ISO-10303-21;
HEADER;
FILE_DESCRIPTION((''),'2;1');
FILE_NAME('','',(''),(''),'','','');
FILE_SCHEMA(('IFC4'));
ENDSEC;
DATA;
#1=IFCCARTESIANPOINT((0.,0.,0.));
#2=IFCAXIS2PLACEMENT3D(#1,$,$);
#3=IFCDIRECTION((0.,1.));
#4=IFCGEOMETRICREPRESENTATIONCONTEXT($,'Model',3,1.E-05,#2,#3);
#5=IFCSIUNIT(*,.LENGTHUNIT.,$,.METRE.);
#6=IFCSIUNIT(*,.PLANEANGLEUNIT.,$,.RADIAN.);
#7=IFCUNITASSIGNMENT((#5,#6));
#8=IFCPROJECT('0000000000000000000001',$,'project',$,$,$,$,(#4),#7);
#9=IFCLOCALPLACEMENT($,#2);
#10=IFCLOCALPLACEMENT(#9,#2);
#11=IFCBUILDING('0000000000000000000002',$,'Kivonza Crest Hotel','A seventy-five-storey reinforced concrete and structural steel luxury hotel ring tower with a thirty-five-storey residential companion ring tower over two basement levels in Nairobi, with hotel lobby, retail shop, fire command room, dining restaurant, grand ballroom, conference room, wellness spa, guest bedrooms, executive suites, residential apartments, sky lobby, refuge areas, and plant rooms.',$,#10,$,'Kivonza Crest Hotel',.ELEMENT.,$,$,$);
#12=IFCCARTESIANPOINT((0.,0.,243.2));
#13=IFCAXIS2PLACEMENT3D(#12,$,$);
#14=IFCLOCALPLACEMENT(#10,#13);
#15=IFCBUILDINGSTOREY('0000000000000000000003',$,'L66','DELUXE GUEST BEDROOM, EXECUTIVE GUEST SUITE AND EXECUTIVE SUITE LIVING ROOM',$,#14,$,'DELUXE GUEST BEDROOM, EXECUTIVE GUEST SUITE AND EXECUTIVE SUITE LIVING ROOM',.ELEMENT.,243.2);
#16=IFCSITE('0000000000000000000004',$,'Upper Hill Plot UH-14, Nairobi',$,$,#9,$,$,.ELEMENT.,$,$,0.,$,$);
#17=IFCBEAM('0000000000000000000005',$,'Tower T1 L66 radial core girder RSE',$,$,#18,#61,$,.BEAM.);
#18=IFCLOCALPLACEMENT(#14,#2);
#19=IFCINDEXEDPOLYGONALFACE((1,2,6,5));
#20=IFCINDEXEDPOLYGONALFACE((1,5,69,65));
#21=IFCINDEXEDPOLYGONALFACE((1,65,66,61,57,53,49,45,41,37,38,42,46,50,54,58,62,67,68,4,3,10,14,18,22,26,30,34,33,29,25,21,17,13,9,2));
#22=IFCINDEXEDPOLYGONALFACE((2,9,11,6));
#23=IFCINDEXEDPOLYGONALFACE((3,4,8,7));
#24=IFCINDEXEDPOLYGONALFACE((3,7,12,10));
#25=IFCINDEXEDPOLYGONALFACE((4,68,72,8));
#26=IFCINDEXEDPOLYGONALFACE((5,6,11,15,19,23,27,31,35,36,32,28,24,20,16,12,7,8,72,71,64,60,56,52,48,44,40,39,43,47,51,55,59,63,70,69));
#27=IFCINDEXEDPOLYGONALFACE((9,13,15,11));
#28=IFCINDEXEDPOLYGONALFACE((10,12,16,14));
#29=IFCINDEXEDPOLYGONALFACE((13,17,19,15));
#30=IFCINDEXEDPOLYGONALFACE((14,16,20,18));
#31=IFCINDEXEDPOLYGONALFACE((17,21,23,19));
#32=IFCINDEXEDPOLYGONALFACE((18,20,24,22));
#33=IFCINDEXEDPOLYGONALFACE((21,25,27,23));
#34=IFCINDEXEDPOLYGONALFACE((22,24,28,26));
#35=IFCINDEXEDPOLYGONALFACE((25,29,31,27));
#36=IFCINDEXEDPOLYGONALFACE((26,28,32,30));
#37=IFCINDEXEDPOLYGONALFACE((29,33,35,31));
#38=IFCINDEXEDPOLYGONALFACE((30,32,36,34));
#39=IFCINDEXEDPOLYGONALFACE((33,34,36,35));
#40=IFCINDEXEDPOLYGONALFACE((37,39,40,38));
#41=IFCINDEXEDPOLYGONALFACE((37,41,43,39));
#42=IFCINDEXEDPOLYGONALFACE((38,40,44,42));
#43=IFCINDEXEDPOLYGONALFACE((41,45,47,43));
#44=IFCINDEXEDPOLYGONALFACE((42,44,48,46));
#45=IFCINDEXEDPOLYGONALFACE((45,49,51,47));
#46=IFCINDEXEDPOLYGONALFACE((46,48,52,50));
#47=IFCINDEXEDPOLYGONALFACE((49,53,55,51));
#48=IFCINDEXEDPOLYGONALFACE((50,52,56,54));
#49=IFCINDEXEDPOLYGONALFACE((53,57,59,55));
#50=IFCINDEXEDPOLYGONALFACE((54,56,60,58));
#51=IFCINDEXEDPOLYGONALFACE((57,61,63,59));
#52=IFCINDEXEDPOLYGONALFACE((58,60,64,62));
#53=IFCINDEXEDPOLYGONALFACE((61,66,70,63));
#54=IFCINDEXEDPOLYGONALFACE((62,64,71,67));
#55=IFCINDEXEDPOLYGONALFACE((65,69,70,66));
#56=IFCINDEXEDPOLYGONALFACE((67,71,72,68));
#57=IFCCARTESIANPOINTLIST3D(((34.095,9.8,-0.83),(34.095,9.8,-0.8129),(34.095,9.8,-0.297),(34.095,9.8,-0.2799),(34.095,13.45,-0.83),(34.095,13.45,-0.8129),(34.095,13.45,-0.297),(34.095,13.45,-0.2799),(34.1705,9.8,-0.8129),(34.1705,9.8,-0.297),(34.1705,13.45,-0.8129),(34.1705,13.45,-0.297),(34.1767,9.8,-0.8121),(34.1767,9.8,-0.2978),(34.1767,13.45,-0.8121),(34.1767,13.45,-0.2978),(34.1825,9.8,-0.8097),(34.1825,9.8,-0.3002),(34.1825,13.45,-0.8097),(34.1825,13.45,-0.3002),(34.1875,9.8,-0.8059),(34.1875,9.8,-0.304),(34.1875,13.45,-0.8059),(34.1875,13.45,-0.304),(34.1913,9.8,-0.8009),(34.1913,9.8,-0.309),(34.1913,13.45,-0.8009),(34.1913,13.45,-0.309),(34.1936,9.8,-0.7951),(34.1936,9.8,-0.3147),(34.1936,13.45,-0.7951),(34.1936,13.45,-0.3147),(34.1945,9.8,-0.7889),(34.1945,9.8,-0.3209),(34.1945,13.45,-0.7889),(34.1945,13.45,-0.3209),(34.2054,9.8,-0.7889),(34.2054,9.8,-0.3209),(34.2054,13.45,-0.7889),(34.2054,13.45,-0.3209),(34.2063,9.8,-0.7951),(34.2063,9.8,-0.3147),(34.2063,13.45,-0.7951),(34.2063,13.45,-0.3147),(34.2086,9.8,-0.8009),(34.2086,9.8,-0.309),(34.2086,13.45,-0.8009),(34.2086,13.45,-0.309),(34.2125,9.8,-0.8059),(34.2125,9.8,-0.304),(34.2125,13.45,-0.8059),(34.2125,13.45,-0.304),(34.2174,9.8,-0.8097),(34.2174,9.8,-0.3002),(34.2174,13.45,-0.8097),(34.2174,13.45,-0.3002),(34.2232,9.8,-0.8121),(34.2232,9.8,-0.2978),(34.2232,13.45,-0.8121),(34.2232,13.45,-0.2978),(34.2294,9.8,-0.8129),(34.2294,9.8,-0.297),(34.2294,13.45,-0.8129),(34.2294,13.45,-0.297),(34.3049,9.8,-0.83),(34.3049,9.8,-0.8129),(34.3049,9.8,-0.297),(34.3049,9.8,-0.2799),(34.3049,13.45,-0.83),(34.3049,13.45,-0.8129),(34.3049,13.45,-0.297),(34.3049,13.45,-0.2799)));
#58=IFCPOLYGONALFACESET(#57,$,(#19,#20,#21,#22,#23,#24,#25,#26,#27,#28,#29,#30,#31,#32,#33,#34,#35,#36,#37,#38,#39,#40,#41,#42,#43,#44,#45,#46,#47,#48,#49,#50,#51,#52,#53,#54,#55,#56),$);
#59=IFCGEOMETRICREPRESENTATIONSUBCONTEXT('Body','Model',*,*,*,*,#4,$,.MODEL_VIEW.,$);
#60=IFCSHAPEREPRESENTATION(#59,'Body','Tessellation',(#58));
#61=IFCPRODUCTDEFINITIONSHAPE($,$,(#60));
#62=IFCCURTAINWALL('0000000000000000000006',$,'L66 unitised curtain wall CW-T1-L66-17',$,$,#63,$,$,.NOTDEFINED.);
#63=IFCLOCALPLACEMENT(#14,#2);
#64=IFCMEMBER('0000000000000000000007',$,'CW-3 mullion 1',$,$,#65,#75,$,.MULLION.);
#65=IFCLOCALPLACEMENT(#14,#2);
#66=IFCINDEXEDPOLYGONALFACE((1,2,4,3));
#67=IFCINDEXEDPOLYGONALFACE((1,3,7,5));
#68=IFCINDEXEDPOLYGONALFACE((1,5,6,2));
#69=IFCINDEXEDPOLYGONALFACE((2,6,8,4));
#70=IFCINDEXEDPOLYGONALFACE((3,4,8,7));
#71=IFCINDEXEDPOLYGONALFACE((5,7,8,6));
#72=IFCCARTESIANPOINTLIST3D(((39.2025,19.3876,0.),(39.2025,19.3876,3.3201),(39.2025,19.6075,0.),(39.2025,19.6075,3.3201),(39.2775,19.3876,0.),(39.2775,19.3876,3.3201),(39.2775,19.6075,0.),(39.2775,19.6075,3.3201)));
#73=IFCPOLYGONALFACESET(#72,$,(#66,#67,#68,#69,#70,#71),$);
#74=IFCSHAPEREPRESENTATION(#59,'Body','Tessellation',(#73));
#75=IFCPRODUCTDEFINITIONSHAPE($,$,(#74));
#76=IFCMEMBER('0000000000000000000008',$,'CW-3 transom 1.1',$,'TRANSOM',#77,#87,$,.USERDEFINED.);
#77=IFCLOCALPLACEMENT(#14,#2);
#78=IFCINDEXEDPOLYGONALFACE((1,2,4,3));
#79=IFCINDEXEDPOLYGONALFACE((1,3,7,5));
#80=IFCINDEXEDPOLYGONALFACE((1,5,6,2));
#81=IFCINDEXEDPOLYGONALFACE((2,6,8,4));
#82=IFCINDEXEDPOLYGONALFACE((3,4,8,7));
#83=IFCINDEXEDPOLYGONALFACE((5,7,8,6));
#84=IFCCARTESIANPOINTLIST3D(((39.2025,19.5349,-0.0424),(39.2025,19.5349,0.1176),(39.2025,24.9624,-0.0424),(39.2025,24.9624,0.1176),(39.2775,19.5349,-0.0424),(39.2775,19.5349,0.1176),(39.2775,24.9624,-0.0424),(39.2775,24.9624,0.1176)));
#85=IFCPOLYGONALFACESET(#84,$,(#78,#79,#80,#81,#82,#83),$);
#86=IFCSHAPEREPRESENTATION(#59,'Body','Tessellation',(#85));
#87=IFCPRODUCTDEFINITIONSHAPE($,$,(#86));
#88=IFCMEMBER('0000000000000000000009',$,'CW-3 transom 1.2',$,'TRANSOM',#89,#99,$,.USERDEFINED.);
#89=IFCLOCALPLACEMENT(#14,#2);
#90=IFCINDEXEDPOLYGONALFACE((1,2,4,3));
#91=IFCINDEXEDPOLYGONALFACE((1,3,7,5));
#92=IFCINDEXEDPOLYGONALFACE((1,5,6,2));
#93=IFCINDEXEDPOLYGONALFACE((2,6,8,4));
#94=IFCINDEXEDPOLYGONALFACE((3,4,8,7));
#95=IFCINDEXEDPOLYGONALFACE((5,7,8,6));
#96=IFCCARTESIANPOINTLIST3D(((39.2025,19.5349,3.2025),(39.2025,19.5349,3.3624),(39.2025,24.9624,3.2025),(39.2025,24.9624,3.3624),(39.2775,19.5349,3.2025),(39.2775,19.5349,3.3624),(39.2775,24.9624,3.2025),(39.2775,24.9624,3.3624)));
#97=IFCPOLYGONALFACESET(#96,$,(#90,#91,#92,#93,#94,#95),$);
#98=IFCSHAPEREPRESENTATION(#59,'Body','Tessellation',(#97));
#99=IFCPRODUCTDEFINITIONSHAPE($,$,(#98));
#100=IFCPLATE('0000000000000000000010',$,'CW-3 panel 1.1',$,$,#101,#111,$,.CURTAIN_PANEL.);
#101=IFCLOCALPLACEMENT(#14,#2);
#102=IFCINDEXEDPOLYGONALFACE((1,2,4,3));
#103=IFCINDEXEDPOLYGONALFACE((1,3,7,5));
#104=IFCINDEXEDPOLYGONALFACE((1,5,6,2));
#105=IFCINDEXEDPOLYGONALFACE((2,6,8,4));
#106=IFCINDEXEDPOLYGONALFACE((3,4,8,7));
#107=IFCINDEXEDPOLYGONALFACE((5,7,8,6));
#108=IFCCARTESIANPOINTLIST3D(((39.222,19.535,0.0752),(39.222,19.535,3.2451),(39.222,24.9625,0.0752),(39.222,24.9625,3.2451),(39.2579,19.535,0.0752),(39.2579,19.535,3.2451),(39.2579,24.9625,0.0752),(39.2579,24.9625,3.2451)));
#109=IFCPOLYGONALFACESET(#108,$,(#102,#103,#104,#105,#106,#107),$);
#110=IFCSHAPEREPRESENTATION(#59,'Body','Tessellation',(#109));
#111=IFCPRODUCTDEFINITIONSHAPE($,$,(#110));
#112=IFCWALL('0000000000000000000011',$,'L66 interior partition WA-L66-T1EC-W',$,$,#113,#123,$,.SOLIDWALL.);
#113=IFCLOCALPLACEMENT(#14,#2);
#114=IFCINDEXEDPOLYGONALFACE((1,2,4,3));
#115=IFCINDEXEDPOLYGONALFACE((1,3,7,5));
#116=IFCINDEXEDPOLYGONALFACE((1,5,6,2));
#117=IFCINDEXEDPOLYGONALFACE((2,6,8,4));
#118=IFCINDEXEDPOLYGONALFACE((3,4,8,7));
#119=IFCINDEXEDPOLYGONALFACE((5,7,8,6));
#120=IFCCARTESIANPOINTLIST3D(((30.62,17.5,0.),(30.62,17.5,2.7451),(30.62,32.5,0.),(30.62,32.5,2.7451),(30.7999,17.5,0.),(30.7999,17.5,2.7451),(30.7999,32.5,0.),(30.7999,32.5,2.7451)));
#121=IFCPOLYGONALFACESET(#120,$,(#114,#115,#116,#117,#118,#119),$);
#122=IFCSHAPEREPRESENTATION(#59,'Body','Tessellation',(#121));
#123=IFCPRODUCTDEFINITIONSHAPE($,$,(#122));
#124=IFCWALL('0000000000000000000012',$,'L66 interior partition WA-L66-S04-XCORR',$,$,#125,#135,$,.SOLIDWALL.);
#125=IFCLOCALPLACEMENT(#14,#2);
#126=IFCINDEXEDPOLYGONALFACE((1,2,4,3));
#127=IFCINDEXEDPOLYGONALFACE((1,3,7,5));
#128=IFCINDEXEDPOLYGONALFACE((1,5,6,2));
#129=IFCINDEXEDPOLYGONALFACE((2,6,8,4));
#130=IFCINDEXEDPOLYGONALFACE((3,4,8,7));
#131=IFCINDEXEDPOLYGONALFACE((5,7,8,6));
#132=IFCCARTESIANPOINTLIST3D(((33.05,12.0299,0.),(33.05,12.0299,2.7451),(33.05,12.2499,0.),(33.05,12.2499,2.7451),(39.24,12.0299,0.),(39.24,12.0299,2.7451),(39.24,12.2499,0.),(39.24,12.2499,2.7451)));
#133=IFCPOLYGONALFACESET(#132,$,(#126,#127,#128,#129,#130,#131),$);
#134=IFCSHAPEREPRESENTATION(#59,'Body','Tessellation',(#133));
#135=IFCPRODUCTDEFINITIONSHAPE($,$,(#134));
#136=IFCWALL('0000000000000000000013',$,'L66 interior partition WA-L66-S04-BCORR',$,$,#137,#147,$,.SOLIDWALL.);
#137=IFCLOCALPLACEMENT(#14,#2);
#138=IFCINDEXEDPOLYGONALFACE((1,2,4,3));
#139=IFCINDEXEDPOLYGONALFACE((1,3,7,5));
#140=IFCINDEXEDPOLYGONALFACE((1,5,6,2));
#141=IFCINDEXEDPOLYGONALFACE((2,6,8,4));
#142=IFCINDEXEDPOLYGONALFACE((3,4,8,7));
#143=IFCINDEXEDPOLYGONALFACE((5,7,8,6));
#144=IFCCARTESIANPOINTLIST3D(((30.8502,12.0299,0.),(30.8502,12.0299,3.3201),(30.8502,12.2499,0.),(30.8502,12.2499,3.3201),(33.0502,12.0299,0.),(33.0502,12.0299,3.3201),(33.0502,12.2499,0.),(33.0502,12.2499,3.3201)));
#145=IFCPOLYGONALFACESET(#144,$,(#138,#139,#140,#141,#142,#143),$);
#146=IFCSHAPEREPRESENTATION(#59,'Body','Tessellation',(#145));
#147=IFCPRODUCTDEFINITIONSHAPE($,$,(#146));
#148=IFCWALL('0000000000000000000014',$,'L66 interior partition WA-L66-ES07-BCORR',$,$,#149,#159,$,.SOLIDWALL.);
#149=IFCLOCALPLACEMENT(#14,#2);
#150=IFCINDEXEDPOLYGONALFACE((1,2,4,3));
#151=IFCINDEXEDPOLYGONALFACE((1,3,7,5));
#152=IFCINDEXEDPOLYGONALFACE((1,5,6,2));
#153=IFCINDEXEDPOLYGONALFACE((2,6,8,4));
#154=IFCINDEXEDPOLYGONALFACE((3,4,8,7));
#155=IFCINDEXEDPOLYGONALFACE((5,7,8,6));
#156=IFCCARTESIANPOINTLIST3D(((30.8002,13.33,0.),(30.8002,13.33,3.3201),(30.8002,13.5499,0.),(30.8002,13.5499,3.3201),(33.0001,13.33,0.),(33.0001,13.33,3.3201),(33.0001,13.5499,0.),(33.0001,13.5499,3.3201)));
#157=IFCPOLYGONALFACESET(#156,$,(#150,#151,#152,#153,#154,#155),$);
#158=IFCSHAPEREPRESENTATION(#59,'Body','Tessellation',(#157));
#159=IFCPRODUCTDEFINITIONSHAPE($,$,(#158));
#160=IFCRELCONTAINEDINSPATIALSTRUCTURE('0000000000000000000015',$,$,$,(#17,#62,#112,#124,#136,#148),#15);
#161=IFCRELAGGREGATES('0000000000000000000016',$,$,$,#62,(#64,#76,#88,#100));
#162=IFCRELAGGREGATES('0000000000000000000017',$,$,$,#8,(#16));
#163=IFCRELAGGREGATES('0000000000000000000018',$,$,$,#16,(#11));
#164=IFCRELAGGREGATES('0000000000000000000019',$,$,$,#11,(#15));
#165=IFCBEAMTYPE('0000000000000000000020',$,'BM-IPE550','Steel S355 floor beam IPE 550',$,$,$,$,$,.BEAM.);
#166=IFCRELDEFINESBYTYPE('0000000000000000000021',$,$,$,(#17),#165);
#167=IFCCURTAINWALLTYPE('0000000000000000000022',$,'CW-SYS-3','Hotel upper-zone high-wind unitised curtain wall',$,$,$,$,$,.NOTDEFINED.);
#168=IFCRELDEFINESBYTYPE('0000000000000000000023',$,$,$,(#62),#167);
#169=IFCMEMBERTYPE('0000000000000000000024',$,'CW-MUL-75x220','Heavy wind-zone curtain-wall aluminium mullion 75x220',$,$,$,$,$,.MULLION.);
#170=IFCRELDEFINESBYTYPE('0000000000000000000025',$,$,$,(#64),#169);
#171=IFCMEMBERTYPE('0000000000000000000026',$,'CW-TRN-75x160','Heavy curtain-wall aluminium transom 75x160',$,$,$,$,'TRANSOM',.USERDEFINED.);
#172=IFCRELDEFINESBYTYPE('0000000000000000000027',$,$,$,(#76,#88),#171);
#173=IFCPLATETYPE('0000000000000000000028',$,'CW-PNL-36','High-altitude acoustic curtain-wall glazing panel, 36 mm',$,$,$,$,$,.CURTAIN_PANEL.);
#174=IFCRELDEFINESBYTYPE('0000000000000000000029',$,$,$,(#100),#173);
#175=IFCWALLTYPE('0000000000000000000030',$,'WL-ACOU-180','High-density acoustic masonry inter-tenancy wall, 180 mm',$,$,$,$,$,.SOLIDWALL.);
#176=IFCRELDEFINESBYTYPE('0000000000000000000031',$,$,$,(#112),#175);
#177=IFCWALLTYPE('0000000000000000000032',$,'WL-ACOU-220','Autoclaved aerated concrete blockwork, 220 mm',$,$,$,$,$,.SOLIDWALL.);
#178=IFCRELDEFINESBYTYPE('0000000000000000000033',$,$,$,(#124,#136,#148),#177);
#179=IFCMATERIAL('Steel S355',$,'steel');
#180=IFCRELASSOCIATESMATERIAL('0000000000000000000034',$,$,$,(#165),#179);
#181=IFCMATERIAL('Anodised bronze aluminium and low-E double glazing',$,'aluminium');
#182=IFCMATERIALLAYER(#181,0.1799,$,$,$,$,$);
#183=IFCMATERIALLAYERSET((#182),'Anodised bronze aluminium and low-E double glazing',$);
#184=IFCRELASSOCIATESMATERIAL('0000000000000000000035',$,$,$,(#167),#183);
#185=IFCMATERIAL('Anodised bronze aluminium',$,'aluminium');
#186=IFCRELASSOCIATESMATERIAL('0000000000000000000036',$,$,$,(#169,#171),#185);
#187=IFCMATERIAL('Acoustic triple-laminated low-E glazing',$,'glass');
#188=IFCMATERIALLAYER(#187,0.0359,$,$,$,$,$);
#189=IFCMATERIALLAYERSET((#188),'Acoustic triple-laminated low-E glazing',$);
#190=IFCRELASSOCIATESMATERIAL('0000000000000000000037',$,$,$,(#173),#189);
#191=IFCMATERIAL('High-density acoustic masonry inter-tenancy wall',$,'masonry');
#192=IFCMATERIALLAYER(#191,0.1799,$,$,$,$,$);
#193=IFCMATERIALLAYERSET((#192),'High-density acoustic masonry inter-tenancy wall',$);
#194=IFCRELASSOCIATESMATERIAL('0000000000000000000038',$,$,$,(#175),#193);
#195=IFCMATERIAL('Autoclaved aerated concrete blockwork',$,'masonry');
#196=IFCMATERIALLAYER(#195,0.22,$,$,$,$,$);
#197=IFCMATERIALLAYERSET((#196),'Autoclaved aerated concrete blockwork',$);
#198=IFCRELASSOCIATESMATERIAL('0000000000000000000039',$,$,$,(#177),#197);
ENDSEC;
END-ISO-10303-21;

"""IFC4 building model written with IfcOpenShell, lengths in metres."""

from ifc_helpers import new_model, si_unit, direction, frame, frame_2d, origin, origin_2d, place, context, subcontext, project, spatial, rectangle, i_section, extrude, material, layer, layer_set, material_profile, profile_set, type_object, element, aggregate, save


model = new_model("IFC4")

# Units and contexts
model_context = context("Model", 3, precision=1e-05, world=origin(), true_north=direction((0.0, 1.0)))
body_context = subcontext(model_context, "Body", "Model", "MODEL_VIEW")
ifc_project = project(units=[si_unit("LENGTHUNIT", "METRE"), si_unit("PLANEANGLEUNIT", "RADIAN")], contexts=[model_context])

# Site, building, storey
site_placement = place(None, origin())
site = spatial("IfcSite", under=ifc_project, at=site_placement, Name="Upper Hill Plot UH-14, Nairobi", CompositionType="ELEMENT", RefElevation=0.0)
building_placement = place(site_placement, origin())
building = spatial("IfcBuilding", under=site, at=building_placement, Name="Kivonza Crest Hotel", Description="A seventy-five-storey reinforced concrete and structural steel luxury hotel ring tower with a thirty-five-storey residential companion ring tower over two basement levels in Nairobi, with hotel lobby, retail shop, fire command room, dining restaurant, grand ballroom, conference room, wellness spa, guest bedrooms, executive suites, residential apartments, sky lobby, refuge areas, and plant rooms.", LongName="Kivonza Crest Hotel", CompositionType="ELEMENT")
storey_placement = place(building_placement, frame((0.0, 0.0, 243.2)))
storey = spatial("IfcBuildingStorey", under=building, at=storey_placement, Name="L66", Description="DELUXE GUEST BEDROOM, EXECUTIVE GUEST SUITE AND EXECUTIVE SUITE LIVING ROOM", LongName="DELUXE GUEST BEDROOM, EXECUTIVE GUEST SUITE AND EXECUTIVE SUITE LIVING ROOM", CompositionType="ELEMENT", Elevation=243.2)

# Beam
ifc_material_1 = material(Name="Steel S355", Category="steel")
ifc_material_profile_1 = material_profile(ifc_material_1, i_section(OverallWidth=0.21, OverallDepth=0.55, WebThickness=0.011, FlangeThickness=0.0171, FilletRadius=0.0239, at=origin_2d()), Name="IPE 550")
ifc_profile_set_1 = profile_set([ifc_material_profile_1], Name="Steel S355")
beam_type_1 = type_object("IfcBeamType", Name="BM-IPE550", Description="Steel S355 floor beam IPE 550", PredefinedType="BEAM", material=ifc_profile_set_1)
beam_1_placement = place(storey_placement, frame((34.2, 9.8, -0.5549), z_axis=(0.0, 1.0, 0.0), x_axis=(-1.0, 0.0, 0.0)))
element("IfcBeam", 1, at=beam_1_placement, inside=storey, type_object=beam_type_1, Name="Tower T1 L66 radial core girder RSE", PredefinedType="BEAM", context=body_context, shape_type="SweptSolid", body=[
    extrude(i_section(OverallWidth=0.21, OverallDepth=0.55, WebThickness=0.011, FlangeThickness=0.0171, FilletRadius=0.0239, at=origin_2d()), origin(), (0.0, 0.0, 1.0), 3.6499),
])

# Curtain wall, members, plate
ifc_material_2 = material(Name="Anodised bronze aluminium and low-E double glazing", Category="aluminium")
ifc_layer_1 = layer(ifc_material_2, 0.1799)
ifc_layer_set_1 = layer_set([ifc_layer_1], Name="Anodised bronze aluminium and low-E double glazing")
curtain_wall_type = type_object("IfcCurtainWallType", Name="CW-SYS-3", Description="Hotel upper-zone high-wind unitised curtain wall", PredefinedType="NOTDEFINED", material=ifc_layer_set_1)
curtain_wall_placement = place(storey_placement, origin())
curtain_wall = element("IfcCurtainWall", 2, at=curtain_wall_placement, inside=storey, type_object=curtain_wall_type, Name="L66 unitised curtain wall CW-T1-L66-17", PredefinedType="NOTDEFINED")
ifc_material_3 = material(Name="Anodised bronze aluminium", Category="aluminium")
ifc_material_profile_2 = material_profile(ifc_material_3, rectangle(XDim=0.075, YDim=0.22, at=origin_2d()), Name="CW-M 75x220")
ifc_profile_set_2 = profile_set([ifc_material_profile_2], Name="Anodised bronze aluminium")
member_type_1 = type_object("IfcMemberType", Name="CW-MUL-75x220", Description="Heavy wind-zone curtain-wall aluminium mullion 75x220", PredefinedType="MULLION", material=ifc_profile_set_2)
member_1_placement = place(storey_placement, frame((39.24, 19.4976, 0.0), z_axis=(0.0, 0.0, 1.0), x_axis=(-1.0, 0.0, 0.0)))
member_1 = element("IfcMember", 3, at=member_1_placement, type_object=member_type_1, Name="CW-3 mullion 1", PredefinedType="MULLION", context=body_context, shape_type="SweptSolid", body=[
    extrude(rectangle(XDim=0.075, YDim=0.22, at=origin_2d()), origin(), (0.0, 0.0, 1.0), 3.3201),
])
ifc_material_profile_3 = material_profile(ifc_material_3, rectangle(XDim=0.075, YDim=0.1599, at=origin_2d()), Name="CW-T 75x160")
ifc_profile_set_3 = profile_set([ifc_material_profile_3], Name="Anodised bronze aluminium")
member_type_2 = type_object("IfcMemberType", Name="CW-TRN-75x160", Description="Heavy curtain-wall aluminium transom 75x160", ElementType="TRANSOM", PredefinedType="USERDEFINED", material=ifc_profile_set_3)
member_2_placement = place(storey_placement, frame((39.24, 19.5349, 0.0376), z_axis=(0.0, 1.0, 0.0), x_axis=(-1.0, 0.0, 0.0)))
member_2 = element("IfcMember", 4, at=member_2_placement, type_object=member_type_2, Name="CW-3 transom 1.1", ObjectType="TRANSOM", PredefinedType="USERDEFINED", context=body_context, shape_type="SweptSolid", body=[
    extrude(rectangle(XDim=0.075, YDim=0.1599, at=origin_2d()), origin(), (0.0, 0.0, 1.0), 5.4275),
])
member_3_placement = place(storey_placement, frame((39.24, 19.5349, 3.2825), z_axis=(0.0, 1.0, 0.0), x_axis=(-1.0, 0.0, 0.0)))
member_3 = element("IfcMember", 5, at=member_3_placement, type_object=member_type_2, Name="CW-3 transom 1.2", ObjectType="TRANSOM", PredefinedType="USERDEFINED", context=body_context, shape_type="SweptSolid", body=[
    extrude(rectangle(XDim=0.075, YDim=0.1599, at=origin_2d()), origin(), (0.0, 0.0, 1.0), 5.4275),
])
ifc_material_4 = material(Name="Acoustic triple-laminated low-E glazing", Category="glass")
ifc_layer_2 = layer(ifc_material_4, 0.0359)
ifc_layer_set_2 = layer_set([ifc_layer_2], Name="Acoustic triple-laminated low-E glazing")
plate_type = type_object("IfcPlateType", Name="CW-PNL-36", Description="High-altitude acoustic curtain-wall glazing panel, 36 mm", PredefinedType="CURTAIN_PANEL", material=ifc_layer_set_2)
plate_placement = place(storey_placement, frame((39.24, 22.2488, 0.0752), z_axis=(0.0, 0.0, 1.0), x_axis=(0.0, 1.0, 0.0)))
plate = element("IfcPlate", 6, at=plate_placement, type_object=plate_type, Name="CW-3 panel 1.1", PredefinedType="CURTAIN_PANEL", context=body_context, shape_type="SweptSolid", body=[
    extrude(rectangle(XDim=5.4275, YDim=0.0359, at=origin_2d()), origin(), (0.0, 0.0, 1.0), 3.1699),
])
aggregate(curtain_wall, [member_1, member_2, member_3, plate])

# Walls
ifc_material_5 = material(Name="High-density acoustic masonry inter-tenancy wall", Category="masonry")
ifc_layer_3 = layer(ifc_material_5, 0.1799)
ifc_layer_set_3 = layer_set([ifc_layer_3], Name="High-density acoustic masonry inter-tenancy wall")
wall_type_1 = type_object("IfcWallType", Name="WL-ACOU-180", Description="High-density acoustic masonry inter-tenancy wall, 180 mm", PredefinedType="SOLIDWALL", material=ifc_layer_set_3)
wall_1_placement = place(storey_placement, frame((30.71, 17.5, 0.0), z_axis=(0.0, 0.0, 1.0), x_axis=(0.0, 1.0, 0.0)))
element("IfcWall", 7, at=wall_1_placement, inside=storey, type_object=wall_type_1, Name="L66 interior partition WA-L66-T1EC-W", PredefinedType="SOLIDWALL", context=body_context, shape_type="SweptSolid", body=[
    extrude(rectangle(XDim=15.0, YDim=0.1799, at=frame_2d((7.5, 0.0))), origin(), (0.0, 0.0, 1.0), 2.7451),
])
ifc_material_6 = material(Name="Autoclaved aerated concrete blockwork", Category="masonry")
ifc_layer_4 = layer(ifc_material_6, 0.22)
ifc_layer_set_4 = layer_set([ifc_layer_4], Name="Autoclaved aerated concrete blockwork")
wall_type_2 = type_object("IfcWallType", Name="WL-ACOU-220", Description="Autoclaved aerated concrete blockwork, 220 mm", PredefinedType="SOLIDWALL", material=ifc_layer_set_4)
wall_2_placement = place(storey_placement, frame((33.05, 12.1399, 0.0), z_axis=(0.0, 0.0, 1.0), x_axis=(1.0, 0.0, 0.0)))
element("IfcWall", 8, at=wall_2_placement, inside=storey, type_object=wall_type_2, Name="L66 interior partition WA-L66-S04-XCORR", PredefinedType="SOLIDWALL", context=body_context, shape_type="SweptSolid", body=[
    extrude(rectangle(XDim=6.1899, YDim=0.22, at=frame_2d((3.095, 0.0))), origin(), (0.0, 0.0, 1.0), 2.7451),
])
for number, where, z_axis, x_axis, name in (
    (9, (30.8501, 12.1399, 0.0), (0.0, 0.0, 1.0), (1.0, 0.0, 0.0), "L66 interior partition WA-L66-S04-BCORR"),
    (10, (30.8, 13.4399, 0.0), (0.0, 0.0, 1.0), (1.0, 0.0, 0.0), "L66 interior partition WA-L66-ES07-BCORR"),
):
    element("IfcWall", number, at=place(storey_placement, frame(where, z_axis=z_axis, x_axis=x_axis)), inside=storey, type_object=wall_type_2, Name=name, PredefinedType="SOLIDWALL", context=body_context, shape_type="SweptSolid", body=[
        extrude(rectangle(XDim=2.2, YDim=0.22, at=frame_2d((1.1001, 0.0))), origin(), (0.0, 0.0, 1.0), 3.3201),
    ])

save(model, "model.ifc")
